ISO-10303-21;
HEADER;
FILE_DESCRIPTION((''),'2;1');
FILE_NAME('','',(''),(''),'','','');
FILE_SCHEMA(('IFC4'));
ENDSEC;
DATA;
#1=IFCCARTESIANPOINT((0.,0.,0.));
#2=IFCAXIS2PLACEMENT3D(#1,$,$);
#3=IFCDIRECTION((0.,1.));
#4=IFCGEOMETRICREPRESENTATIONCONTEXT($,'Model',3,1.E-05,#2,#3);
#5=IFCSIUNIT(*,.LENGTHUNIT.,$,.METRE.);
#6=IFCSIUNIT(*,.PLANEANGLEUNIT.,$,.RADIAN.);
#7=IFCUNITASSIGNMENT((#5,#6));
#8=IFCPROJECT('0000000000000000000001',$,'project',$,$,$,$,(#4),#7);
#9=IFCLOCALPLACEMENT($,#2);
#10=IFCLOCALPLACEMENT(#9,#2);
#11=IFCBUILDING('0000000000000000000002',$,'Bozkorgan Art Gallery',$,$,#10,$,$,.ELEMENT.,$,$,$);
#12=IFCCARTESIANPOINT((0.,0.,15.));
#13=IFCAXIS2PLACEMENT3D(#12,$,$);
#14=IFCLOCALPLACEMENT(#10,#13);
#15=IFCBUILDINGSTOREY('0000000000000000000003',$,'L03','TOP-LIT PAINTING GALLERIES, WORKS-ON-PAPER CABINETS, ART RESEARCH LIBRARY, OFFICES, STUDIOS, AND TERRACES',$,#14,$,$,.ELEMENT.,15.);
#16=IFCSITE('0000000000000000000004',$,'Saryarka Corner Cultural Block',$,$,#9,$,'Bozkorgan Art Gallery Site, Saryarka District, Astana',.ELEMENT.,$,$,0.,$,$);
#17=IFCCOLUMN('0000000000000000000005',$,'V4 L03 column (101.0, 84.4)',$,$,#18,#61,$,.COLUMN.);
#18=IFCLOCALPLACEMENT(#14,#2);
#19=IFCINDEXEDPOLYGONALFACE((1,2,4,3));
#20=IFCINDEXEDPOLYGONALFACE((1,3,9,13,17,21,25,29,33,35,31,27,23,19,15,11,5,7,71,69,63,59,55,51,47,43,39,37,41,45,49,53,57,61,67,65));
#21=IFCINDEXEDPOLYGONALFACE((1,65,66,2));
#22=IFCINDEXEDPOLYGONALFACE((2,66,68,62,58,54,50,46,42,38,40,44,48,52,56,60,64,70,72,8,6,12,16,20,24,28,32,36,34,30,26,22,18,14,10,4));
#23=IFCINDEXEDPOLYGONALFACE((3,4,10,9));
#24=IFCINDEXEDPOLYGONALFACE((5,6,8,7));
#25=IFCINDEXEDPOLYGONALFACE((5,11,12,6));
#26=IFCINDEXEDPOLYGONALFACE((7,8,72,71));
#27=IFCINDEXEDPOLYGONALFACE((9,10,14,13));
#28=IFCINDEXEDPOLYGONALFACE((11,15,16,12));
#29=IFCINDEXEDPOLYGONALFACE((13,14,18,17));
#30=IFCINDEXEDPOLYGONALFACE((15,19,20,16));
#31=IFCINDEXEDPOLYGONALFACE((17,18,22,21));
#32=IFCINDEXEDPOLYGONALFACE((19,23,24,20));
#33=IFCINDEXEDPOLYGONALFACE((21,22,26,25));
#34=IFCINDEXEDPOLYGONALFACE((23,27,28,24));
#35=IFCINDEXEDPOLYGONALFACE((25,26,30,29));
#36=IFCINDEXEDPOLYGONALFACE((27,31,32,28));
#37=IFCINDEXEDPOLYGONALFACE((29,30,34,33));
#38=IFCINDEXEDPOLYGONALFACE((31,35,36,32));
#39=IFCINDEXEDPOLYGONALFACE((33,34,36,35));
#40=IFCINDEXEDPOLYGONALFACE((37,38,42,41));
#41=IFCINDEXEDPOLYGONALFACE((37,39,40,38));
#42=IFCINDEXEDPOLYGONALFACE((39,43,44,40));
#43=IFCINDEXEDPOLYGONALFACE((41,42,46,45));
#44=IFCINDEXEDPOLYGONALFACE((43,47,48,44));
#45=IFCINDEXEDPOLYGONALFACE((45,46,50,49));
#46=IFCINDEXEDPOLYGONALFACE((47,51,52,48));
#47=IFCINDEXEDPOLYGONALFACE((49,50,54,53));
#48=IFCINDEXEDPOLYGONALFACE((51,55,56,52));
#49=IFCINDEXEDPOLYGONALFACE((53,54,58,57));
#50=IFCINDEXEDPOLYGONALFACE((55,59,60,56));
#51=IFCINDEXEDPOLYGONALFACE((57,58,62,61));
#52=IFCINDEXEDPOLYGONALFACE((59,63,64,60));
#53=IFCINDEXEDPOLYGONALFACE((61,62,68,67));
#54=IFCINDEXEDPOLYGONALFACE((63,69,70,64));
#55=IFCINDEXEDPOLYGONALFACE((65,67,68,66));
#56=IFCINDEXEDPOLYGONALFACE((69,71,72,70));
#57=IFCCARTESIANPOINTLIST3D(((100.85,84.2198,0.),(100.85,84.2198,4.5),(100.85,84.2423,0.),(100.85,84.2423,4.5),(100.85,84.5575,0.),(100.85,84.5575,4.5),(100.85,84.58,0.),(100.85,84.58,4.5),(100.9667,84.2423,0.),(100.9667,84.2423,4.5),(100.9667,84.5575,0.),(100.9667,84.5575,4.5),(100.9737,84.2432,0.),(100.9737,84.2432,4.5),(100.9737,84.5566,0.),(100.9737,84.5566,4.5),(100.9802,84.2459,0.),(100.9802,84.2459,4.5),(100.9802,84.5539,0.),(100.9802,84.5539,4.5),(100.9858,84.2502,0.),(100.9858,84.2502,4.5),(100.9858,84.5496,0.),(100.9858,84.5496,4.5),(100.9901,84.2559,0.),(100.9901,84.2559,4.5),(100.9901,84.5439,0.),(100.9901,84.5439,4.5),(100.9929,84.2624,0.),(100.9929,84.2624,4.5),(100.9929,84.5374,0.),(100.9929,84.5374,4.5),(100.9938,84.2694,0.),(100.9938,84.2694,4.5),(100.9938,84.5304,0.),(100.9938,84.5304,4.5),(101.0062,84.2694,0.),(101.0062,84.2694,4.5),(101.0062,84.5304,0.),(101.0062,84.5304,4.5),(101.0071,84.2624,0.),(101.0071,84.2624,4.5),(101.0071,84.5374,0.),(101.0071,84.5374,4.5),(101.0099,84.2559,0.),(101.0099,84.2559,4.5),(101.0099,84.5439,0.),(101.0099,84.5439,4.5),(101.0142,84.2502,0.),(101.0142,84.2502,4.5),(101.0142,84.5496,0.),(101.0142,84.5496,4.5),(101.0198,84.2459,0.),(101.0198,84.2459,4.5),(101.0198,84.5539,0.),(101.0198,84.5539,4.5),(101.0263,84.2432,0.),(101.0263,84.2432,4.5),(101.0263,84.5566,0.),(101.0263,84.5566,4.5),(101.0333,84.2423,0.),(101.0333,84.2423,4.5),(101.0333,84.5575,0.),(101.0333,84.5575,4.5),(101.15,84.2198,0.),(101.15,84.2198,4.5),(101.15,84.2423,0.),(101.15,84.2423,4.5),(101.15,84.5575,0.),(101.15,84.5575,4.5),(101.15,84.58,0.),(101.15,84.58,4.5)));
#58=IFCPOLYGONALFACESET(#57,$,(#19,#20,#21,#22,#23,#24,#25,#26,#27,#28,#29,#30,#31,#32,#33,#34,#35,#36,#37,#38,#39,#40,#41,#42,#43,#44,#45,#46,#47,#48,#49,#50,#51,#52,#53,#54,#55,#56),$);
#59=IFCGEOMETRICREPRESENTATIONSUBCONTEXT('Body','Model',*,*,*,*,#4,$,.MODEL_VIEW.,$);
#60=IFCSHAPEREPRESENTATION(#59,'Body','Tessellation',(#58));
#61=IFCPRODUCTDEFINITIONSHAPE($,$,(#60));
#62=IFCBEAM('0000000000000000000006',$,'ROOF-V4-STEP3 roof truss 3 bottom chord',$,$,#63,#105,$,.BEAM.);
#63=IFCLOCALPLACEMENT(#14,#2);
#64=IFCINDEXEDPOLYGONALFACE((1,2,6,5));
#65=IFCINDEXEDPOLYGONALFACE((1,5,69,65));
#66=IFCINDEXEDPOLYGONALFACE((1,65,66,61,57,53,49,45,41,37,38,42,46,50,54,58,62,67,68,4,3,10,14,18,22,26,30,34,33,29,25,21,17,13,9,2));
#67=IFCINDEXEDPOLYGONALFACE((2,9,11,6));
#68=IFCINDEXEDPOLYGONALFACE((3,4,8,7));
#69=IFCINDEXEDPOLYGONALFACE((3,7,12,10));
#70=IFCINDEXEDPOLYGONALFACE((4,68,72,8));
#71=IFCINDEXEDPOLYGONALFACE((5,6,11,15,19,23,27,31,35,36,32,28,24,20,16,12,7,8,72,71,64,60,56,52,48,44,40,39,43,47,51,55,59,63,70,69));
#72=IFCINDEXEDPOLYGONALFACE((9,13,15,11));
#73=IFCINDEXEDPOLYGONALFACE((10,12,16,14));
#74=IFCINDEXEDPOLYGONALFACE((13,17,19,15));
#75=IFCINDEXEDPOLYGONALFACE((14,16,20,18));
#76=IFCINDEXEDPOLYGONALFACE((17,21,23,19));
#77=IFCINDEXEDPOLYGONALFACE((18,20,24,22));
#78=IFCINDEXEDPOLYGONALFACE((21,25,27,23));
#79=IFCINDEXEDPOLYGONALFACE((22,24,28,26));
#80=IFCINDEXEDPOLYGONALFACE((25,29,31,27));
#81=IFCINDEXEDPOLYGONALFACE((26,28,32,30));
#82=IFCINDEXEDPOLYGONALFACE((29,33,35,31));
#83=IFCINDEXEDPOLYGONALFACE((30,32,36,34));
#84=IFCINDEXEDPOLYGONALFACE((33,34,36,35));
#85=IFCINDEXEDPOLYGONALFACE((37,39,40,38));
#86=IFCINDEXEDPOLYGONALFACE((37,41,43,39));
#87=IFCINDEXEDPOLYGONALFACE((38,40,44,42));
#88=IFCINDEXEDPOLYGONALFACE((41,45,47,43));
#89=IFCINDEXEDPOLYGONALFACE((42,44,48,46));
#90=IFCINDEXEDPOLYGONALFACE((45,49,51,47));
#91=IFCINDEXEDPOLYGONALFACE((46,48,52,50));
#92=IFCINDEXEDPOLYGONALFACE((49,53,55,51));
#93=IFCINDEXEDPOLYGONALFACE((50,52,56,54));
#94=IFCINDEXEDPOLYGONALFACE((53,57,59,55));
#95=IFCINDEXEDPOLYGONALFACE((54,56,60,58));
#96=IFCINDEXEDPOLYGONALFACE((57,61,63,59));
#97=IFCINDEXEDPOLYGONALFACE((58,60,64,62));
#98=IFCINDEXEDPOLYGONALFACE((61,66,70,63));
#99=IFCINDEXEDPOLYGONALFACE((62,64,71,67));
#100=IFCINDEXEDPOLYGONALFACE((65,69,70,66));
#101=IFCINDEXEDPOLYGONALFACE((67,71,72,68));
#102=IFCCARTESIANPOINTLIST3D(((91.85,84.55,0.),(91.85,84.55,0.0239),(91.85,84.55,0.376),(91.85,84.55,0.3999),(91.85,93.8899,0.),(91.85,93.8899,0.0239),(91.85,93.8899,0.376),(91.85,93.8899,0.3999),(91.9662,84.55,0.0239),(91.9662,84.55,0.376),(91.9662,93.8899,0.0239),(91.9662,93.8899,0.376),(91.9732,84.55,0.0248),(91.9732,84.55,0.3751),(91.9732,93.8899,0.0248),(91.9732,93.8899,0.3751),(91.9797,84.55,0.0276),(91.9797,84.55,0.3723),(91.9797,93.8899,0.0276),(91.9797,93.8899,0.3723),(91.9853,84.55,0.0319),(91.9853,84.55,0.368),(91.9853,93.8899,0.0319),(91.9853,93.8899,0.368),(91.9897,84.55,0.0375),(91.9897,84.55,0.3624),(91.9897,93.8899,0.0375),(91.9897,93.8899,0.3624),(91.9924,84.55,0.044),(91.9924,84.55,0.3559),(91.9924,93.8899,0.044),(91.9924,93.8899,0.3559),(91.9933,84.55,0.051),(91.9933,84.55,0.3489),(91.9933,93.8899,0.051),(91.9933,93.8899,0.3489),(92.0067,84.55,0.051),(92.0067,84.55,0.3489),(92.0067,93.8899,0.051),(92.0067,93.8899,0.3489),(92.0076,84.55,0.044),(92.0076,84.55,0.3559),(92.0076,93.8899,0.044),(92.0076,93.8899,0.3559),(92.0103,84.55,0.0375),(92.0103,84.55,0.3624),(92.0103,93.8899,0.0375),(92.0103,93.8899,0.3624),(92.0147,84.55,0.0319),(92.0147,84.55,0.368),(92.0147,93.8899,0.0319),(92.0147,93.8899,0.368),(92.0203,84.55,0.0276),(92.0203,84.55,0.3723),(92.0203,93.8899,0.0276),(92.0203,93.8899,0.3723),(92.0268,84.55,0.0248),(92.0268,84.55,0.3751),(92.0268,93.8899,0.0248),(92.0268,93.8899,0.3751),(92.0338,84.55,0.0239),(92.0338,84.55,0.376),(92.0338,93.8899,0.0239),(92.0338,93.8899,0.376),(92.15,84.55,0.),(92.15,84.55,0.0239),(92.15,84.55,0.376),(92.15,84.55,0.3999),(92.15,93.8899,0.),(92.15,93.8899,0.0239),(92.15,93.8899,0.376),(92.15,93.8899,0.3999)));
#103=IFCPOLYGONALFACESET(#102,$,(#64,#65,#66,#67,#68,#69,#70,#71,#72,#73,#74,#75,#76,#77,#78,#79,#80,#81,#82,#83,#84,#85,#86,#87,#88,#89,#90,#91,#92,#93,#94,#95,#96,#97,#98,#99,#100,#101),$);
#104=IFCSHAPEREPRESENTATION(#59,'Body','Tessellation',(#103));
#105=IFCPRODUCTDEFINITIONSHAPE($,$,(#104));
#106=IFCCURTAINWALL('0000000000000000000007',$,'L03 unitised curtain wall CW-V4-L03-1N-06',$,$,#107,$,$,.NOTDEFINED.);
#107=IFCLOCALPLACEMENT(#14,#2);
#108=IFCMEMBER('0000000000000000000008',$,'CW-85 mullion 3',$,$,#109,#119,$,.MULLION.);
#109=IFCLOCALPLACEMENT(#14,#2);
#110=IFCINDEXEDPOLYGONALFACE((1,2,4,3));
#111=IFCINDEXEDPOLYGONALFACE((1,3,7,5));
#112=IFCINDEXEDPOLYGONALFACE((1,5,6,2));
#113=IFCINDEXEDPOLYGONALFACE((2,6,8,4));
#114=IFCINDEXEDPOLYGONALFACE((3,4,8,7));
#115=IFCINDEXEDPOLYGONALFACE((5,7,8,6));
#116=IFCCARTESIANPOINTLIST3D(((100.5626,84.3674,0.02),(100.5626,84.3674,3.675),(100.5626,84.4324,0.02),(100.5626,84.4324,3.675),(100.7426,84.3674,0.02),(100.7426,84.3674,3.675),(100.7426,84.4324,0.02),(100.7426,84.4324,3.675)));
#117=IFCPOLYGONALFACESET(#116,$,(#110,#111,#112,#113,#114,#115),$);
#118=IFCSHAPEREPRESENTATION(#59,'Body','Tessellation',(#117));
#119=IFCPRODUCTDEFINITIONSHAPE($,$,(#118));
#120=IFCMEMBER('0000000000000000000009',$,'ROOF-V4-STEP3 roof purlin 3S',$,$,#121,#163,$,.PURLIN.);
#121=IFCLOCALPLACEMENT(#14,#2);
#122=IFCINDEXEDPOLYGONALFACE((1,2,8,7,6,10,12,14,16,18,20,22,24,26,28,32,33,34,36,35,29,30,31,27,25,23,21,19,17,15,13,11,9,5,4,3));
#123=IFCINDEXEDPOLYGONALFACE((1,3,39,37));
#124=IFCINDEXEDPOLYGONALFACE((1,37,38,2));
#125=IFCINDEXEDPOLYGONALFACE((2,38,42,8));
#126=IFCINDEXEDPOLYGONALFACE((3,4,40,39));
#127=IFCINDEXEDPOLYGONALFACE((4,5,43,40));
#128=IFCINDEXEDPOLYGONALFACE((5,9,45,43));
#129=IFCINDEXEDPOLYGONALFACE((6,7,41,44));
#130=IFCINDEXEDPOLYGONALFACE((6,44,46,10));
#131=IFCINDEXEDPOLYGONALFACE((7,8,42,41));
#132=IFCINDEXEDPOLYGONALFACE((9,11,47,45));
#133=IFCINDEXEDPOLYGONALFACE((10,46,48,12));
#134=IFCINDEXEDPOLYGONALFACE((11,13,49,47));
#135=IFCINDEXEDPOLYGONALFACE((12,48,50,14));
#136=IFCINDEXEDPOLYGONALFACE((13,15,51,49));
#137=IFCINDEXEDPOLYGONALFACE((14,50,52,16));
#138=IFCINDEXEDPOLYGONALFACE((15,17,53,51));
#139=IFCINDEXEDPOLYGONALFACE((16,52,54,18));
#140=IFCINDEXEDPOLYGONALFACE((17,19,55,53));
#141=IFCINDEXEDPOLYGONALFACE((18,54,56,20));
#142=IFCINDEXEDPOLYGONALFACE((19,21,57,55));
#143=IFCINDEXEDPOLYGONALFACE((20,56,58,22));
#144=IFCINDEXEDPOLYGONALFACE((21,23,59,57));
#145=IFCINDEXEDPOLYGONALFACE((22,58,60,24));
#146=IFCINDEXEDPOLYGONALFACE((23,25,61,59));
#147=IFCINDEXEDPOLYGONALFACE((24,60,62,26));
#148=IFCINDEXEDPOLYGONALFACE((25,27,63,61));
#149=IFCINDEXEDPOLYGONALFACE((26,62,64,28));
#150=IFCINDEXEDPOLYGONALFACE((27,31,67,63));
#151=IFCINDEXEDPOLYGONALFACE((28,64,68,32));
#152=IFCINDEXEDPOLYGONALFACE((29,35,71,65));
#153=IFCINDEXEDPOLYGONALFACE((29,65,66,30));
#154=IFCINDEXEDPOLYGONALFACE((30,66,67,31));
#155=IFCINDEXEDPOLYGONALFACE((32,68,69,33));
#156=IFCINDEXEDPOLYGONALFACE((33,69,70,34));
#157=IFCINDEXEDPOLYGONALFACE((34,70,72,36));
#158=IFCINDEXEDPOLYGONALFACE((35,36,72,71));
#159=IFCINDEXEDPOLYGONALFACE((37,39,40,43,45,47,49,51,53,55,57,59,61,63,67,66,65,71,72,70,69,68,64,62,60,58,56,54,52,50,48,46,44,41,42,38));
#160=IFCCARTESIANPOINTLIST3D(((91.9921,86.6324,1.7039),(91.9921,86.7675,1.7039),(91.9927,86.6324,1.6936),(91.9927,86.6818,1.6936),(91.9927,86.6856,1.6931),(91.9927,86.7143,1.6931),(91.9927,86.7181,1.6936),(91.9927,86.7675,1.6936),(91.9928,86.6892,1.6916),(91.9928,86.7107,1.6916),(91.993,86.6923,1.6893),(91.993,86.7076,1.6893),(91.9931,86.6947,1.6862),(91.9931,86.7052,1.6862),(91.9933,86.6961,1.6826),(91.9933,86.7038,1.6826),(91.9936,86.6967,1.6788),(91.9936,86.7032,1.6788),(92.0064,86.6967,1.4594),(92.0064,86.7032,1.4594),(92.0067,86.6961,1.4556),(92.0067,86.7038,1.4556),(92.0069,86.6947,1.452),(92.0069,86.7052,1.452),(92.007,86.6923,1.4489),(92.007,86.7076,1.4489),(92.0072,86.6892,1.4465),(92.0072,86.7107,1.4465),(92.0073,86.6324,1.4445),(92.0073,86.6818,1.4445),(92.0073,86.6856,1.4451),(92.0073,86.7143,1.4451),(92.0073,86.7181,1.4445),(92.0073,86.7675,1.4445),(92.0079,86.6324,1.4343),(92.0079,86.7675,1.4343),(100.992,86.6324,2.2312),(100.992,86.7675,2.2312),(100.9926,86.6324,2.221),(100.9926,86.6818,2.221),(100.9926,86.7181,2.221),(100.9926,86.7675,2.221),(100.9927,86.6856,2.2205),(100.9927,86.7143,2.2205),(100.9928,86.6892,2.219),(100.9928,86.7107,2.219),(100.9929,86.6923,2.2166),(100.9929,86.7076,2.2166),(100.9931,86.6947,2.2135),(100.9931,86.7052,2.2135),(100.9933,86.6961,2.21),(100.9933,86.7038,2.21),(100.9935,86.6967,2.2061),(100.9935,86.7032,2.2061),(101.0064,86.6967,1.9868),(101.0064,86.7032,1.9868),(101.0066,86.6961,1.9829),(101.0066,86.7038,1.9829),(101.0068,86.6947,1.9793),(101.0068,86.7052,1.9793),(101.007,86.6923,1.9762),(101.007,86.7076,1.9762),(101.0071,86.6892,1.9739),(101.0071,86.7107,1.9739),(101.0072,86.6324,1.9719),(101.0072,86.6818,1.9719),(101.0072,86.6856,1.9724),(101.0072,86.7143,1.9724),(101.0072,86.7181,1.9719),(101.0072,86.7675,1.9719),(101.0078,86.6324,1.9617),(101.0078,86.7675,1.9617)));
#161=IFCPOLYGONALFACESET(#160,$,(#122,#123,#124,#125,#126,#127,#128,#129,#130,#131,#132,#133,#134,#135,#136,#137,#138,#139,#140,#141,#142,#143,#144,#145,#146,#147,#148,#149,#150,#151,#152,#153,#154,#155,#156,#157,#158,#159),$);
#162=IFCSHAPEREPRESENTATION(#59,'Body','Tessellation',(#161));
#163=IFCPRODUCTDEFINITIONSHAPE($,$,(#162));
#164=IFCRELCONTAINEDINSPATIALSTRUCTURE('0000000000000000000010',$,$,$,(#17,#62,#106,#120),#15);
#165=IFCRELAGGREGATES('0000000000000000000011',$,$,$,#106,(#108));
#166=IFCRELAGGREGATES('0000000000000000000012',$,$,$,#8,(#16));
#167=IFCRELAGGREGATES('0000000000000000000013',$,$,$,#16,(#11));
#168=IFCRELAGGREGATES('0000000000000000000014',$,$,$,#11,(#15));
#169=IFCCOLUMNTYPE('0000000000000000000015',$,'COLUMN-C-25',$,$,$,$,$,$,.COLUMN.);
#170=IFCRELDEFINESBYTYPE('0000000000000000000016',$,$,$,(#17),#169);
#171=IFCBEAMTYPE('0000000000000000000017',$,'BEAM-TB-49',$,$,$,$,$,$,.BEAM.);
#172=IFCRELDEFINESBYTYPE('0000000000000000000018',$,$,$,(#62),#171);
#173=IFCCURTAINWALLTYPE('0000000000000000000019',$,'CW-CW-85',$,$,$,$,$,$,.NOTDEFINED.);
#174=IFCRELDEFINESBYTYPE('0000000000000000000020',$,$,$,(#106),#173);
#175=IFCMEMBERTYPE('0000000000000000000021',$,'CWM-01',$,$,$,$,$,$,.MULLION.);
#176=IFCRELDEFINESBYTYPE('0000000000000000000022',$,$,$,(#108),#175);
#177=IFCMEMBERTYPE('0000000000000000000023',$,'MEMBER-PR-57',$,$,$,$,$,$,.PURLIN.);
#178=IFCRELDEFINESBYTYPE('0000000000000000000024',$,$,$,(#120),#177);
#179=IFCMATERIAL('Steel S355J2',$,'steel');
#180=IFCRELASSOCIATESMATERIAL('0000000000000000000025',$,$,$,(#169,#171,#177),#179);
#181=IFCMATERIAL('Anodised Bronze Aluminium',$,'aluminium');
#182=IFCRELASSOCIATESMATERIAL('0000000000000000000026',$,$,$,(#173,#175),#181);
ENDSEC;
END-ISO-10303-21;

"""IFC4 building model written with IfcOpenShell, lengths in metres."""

from ifc_helpers import new_model, si_unit, direction, frame, origin, origin_2d, place, context, subcontext, project, spatial, rectangle, i_section, extrude, material, material_profile, profile_set, type_object, element, aggregate, save


model = new_model("IFC4")

# Units and contexts
model_context = context("Model", 3, precision=1e-05, world=origin(), true_north=direction((0.0, 1.0)))
body_context = subcontext(model_context, "Body", "Model", "MODEL_VIEW")
ifc_project = project(units=[si_unit("LENGTHUNIT", "METRE"), si_unit("PLANEANGLEUNIT", "RADIAN")], contexts=[model_context])

# Site, building, storey
site_placement = place(None, origin())
site = spatial("IfcSite", under=ifc_project, at=site_placement, Name="Saryarka Corner Cultural Block", LongName="Bozkorgan Art Gallery Site, Saryarka District, Astana", CompositionType="ELEMENT", RefElevation=0.0)
building_placement = place(site_placement, origin())
building = spatial("IfcBuilding", under=site, at=building_placement, Name="Bozkorgan Art Gallery", CompositionType="ELEMENT")
storey_placement = place(building_placement, frame((0.0, 0.0, 15.0)))
storey = spatial("IfcBuildingStorey", under=building, at=storey_placement, Name="L03", Description="TOP-LIT PAINTING GALLERIES, WORKS-ON-PAPER CABINETS, ART RESEARCH LIBRARY, OFFICES, STUDIOS, AND TERRACES", CompositionType="ELEMENT", Elevation=15.0)

# Column
ifc_material_1 = material(Name="Steel S355J2", Category="steel")
ifc_material_profile_1 = material_profile(ifc_material_1, i_section(OverallWidth=0.3, OverallDepth=0.3601, WebThickness=0.0125, FlangeThickness=0.0225, FilletRadius=0.0271, at=origin_2d()), Name="HEB 360")
ifc_profile_set_1 = profile_set([ifc_material_profile_1], Name="Steel S355J2")
column_type = type_object("IfcColumnType", Name="COLUMN-C-25", PredefinedType="COLUMN", material=ifc_profile_set_1)
column_placement = place(storey_placement, frame((101.0, 84.3999, 0.0), z_axis=(0.0, 0.0, 1.0), x_axis=(1.0, 0.0, 0.0)))
element("IfcColumn", 1, at=column_placement, inside=storey, type_object=column_type, Name="V4 L03 column (101.0, 84.4)", PredefinedType="COLUMN", context=body_context, shape_type="SweptSolid", body=[
    extrude(i_section(OverallWidth=0.3, OverallDepth=0.3601, WebThickness=0.0125, FlangeThickness=0.0225, FilletRadius=0.0271, at=origin_2d()), origin(), (0.0, 0.0, 1.0), 4.5),
])

# Beam
ifc_material_profile_2 = material_profile(ifc_material_1, i_section(OverallWidth=0.3, OverallDepth=0.3999, WebThickness=0.0134, FlangeThickness=0.0239, FilletRadius=0.0271, at=origin_2d()), Name="HEB 400")
ifc_profile_set_2 = profile_set([ifc_material_profile_2], Name="Steel S355J2")
beam_type = type_object("IfcBeamType", Name="BEAM-TB-49", PredefinedType="BEAM", material=ifc_profile_set_2)
beam_placement = place(storey_placement, frame((92.0, 84.55, 0.2), z_axis=(0.0, 1.0, 0.0), x_axis=(-1.0, 0.0, 0.0)))
element("IfcBeam", 2, at=beam_placement, inside=storey, type_object=beam_type, Name="ROOF-V4-STEP3 roof truss 3 bottom chord", PredefinedType="BEAM", context=body_context, shape_type="SweptSolid", body=[
    extrude(i_section(OverallWidth=0.3, OverallDepth=0.3999, WebThickness=0.0134, FlangeThickness=0.0239, FilletRadius=0.0271, at=origin_2d()), origin(), (0.0, 0.0, 1.0), 9.3398),
])

# Curtain wall, member
ifc_material_2 = material(Name="Anodised Bronze Aluminium", Category="aluminium")
curtain_wall_type = type_object("IfcCurtainWallType", Name="CW-CW-85", PredefinedType="NOTDEFINED", material=ifc_material_2)
curtain_wall_placement = place(storey_placement, origin())
curtain_wall = element("IfcCurtainWall", 3, at=curtain_wall_placement, inside=storey, type_object=curtain_wall_type, Name="L03 unitised curtain wall CW-V4-L03-1N-06", PredefinedType="NOTDEFINED")
ifc_material_profile_3 = material_profile(ifc_material_2, rectangle(XDim=0.0649, YDim=0.1799, at=origin_2d()), Name="ALU MULLION 65x180")
ifc_profile_set_3 = profile_set([ifc_material_profile_3], Name="Anodised Bronze Aluminium")
member_type_1 = type_object("IfcMemberType", Name="CWM-01", PredefinedType="MULLION", material=ifc_profile_set_3)
member_1_placement = place(storey_placement, frame((100.6526, 84.3999, 0.02), z_axis=(0.0, 0.0, 1.0), x_axis=(0.0, 1.0, 0.0)))
member_1 = element("IfcMember", 4, at=member_1_placement, type_object=member_type_1, Name="CW-85 mullion 3", PredefinedType="MULLION", context=body_context, shape_type="SweptSolid", body=[
    extrude(rectangle(XDim=0.0649, YDim=0.1799, at=origin_2d()), origin(), (0.0, 0.0, 1.0), 3.655),
])

# Member
ifc_material_profile_4 = material_profile(ifc_material_1, i_section(OverallWidth=0.135, OverallDepth=0.27, WebThickness=0.0066, FlangeThickness=0.0103, FilletRadius=0.0149, at=origin_2d()), Name="IPE 270")
ifc_profile_set_4 = profile_set([ifc_material_profile_4], Name="Steel S355J2")
member_type_2 = type_object("IfcMemberType", Name="MEMBER-PR-57", PredefinedType="PURLIN", material=ifc_profile_set_4)
for number, where, z_axis, x_axis, name in (
    (5, (92.0, 86.7, 1.5691), (0.998288, 0.0, 0.058493), (0.0, 1.0, 0.0), "ROOF-V4-STEP3 roof purlin 3S"),
):
    element("IfcMember", number, at=place(storey_placement, frame(where, z_axis=z_axis, x_axis=x_axis)), inside=storey, type_object=member_type_2, Name=name, PredefinedType="PURLIN", context=body_context, shape_type="SweptSolid", body=[
        extrude(i_section(OverallWidth=0.135, OverallDepth=0.27, WebThickness=0.0066, FlangeThickness=0.0103, FilletRadius=0.0149, at=origin_2d()), origin(), (0.0, 0.0, 1.0), 9.0154),
    ])

aggregate(curtain_wall, [member_1])

save(model, "model.ifc")
